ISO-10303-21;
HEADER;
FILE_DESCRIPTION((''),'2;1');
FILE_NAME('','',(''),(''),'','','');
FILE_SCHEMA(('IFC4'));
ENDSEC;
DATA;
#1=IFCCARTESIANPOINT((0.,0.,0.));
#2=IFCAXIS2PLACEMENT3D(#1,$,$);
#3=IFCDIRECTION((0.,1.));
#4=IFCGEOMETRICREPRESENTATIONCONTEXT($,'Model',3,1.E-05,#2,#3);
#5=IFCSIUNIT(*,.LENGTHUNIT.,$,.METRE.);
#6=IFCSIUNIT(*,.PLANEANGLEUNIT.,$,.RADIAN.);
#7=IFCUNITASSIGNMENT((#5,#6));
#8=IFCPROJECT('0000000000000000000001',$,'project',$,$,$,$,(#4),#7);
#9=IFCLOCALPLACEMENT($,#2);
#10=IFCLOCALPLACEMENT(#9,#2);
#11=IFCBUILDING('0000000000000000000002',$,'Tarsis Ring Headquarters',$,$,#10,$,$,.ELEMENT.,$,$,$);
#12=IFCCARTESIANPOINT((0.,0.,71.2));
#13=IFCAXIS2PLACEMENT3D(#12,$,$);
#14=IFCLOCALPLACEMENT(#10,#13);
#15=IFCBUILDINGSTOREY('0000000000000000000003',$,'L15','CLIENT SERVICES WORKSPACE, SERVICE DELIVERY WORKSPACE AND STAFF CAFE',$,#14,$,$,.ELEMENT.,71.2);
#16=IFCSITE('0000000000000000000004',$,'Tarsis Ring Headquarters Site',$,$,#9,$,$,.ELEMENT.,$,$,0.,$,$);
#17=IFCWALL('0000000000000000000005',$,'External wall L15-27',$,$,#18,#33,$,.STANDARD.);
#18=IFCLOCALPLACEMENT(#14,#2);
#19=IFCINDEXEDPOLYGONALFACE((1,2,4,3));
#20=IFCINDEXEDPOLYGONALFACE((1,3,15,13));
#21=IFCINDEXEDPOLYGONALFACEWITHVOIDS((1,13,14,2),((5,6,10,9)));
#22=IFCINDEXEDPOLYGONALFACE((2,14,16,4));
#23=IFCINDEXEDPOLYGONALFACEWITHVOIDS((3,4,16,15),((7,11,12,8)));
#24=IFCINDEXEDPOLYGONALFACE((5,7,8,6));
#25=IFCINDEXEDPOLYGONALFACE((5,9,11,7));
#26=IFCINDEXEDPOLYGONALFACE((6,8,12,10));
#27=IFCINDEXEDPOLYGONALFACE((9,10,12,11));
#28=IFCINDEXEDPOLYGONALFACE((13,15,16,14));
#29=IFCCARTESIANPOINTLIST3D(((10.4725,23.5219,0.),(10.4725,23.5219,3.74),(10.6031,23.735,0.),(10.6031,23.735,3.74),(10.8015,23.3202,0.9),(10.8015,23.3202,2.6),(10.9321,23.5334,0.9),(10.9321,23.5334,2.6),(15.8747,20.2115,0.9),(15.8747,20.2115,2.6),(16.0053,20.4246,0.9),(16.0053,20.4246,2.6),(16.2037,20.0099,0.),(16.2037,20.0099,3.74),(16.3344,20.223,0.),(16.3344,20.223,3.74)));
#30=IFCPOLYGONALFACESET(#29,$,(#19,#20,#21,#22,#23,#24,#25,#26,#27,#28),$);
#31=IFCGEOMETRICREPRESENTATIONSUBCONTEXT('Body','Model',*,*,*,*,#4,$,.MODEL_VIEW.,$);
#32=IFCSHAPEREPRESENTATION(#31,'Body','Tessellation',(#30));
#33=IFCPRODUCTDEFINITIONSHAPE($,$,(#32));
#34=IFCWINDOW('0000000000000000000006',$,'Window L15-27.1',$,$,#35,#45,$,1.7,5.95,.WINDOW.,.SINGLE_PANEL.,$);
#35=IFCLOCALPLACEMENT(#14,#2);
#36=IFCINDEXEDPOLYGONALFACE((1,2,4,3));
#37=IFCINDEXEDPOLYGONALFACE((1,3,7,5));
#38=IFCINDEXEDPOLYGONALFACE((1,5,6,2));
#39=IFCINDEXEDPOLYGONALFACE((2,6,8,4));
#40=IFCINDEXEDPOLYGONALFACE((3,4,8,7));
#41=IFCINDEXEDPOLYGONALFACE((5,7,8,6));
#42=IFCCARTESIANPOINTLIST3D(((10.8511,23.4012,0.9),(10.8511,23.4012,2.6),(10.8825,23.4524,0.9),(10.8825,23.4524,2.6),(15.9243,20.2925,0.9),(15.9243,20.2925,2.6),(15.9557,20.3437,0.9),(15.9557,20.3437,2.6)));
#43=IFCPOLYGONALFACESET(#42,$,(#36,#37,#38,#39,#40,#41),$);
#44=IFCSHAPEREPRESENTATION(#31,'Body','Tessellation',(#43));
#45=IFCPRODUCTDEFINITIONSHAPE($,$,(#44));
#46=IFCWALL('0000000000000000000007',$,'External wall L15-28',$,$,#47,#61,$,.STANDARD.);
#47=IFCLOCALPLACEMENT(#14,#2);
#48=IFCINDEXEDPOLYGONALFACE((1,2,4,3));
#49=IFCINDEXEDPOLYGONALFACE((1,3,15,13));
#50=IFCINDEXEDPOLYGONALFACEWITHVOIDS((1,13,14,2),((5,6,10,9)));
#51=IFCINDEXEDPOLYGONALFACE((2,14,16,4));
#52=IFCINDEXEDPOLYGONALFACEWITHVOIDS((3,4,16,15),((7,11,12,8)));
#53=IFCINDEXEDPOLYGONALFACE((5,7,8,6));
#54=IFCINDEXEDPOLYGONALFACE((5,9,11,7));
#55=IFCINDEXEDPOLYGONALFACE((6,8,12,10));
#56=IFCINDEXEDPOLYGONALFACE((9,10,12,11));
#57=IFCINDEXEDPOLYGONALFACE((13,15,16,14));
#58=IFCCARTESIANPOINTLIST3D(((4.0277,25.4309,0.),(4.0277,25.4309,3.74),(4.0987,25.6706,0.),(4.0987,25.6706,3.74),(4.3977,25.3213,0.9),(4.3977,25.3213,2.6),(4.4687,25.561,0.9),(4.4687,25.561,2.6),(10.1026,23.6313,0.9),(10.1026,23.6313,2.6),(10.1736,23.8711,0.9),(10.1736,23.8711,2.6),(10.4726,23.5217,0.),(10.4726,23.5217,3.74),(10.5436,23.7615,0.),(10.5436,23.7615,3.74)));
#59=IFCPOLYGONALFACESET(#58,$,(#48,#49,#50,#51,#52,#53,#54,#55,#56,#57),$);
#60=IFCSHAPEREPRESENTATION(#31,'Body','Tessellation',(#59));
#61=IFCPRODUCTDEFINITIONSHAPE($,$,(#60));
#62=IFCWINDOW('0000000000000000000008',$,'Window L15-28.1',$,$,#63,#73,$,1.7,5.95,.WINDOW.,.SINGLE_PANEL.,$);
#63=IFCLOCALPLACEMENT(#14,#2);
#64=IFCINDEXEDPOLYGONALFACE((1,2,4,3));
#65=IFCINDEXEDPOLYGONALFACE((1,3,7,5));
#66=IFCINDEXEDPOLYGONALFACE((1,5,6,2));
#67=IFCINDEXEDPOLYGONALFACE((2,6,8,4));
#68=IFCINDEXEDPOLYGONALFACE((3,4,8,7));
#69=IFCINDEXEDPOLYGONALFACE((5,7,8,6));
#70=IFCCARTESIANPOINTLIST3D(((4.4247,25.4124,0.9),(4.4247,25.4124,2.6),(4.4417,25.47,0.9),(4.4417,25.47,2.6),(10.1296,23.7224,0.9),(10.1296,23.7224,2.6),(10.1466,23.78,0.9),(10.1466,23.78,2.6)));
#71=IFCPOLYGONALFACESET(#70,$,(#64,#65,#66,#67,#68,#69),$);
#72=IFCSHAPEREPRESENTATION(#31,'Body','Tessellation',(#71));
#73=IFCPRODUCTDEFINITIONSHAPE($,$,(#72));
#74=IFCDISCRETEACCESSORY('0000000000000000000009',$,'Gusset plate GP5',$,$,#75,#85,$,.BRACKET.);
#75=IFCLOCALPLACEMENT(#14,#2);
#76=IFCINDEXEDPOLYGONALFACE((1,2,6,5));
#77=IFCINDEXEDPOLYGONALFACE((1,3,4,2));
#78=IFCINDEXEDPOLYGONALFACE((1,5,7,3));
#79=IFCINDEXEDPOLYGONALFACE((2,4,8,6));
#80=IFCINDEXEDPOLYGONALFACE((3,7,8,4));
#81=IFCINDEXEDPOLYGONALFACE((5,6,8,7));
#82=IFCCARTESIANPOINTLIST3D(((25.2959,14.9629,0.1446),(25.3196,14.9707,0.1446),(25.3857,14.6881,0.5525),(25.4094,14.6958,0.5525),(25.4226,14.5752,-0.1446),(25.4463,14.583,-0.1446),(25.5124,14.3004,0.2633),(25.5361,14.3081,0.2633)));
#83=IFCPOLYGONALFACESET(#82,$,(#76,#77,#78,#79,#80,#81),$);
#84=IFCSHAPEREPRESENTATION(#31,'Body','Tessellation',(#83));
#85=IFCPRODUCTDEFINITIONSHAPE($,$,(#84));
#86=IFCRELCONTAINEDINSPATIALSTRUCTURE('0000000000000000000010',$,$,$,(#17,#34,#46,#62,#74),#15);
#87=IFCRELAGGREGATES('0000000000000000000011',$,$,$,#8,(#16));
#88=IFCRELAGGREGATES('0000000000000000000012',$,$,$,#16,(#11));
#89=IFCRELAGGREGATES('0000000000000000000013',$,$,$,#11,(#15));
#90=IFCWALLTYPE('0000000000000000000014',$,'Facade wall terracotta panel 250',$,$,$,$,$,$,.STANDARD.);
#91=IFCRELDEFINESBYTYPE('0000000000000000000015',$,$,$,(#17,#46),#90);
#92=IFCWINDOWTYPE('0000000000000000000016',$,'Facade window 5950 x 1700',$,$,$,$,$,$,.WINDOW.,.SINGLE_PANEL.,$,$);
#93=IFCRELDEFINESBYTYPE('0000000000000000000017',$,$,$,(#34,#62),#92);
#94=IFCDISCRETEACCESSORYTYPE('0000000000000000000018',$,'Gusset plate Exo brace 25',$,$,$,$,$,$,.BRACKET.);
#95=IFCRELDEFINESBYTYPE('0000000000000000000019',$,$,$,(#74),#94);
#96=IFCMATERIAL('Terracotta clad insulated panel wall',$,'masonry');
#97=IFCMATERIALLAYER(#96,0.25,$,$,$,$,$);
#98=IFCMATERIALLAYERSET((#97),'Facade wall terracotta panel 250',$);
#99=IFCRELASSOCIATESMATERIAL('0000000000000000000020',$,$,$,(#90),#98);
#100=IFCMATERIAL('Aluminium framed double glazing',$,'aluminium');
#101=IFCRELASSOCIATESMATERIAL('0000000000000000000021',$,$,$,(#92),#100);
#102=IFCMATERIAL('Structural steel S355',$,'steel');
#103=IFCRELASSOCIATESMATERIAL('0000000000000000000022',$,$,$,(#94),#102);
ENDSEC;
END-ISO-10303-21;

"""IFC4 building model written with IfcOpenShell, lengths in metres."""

from ifc_helpers import new_model, si_unit, direction, frame, frame_2d, origin, origin_2d, place, context, subcontext, project, spatial, rectangle, extrude, material, layer, layer_set, material_profile, profile_set, type_object, element, fill, save


model = new_model("IFC4")

# Units and contexts
model_context = context("Model", 3, precision=1e-05, world=origin(), true_north=direction((0.0, 1.0)))
body_context = subcontext(model_context, "Body", "Model", "MODEL_VIEW")
ifc_project = project(units=[si_unit("LENGTHUNIT", "METRE"), si_unit("PLANEANGLEUNIT", "RADIAN")], contexts=[model_context])

# Site, building, storey
site_placement = place(None, origin())
site = spatial("IfcSite", under=ifc_project, at=site_placement, Name="Tarsis Ring Headquarters Site", CompositionType="ELEMENT", RefElevation=0.0)
building_placement = place(site_placement, origin())
building = spatial("IfcBuilding", under=site, at=building_placement, Name="Tarsis Ring Headquarters", CompositionType="ELEMENT")
storey_placement = place(building_placement, frame((0.0, 0.0, 71.2)))
storey = spatial("IfcBuildingStorey", under=building, at=storey_placement, Name="L15", Description="CLIENT SERVICES WORKSPACE, SERVICE DELIVERY WORKSPACE AND STAFF CAFE", CompositionType="ELEMENT", Elevation=71.2)

# Shared definitions
ifc_material_1 = material(Name="Structural steel S355", Category="steel")

# Walls, openings, windows
ifc_material_2 = material(Name="Terracotta clad insulated panel wall", Category="masonry")
ifc_layer_1 = layer(ifc_material_2, 0.25)
ifc_layer_set_1 = layer_set([ifc_layer_1], Name="Facade wall terracotta panel 250")
wall_type_1 = type_object("IfcWallType", Name="Facade wall terracotta panel 250", PredefinedType="STANDARD", material=ifc_layer_set_1)
ifc_material_3 = material(Name="Aluminium framed double glazing", Category="aluminium")
window_type = type_object("IfcWindowType", Name="Facade window 5950 x 1700", PartitioningType="SINGLE_PANEL", PredefinedType="WINDOW", material=ifc_material_3)
wall_1_placement = place(storey_placement, frame((16.269, 20.1165, 0.0), z_axis=(0.0, 0.0, 1.0), x_axis=(-0.852648, 0.522485, 0.0)))
wall_1 = element("IfcWall", 1, at=wall_1_placement, inside=storey, type_object=wall_type_1, Name="External wall L15-27", PredefinedType="STANDARD", context=body_context, shape_type="SweptSolid", body=[
    extrude(rectangle(XDim=6.7217, YDim=0.25, at=frame_2d((3.3608, 0.0))), origin(), (0.0, 0.0, 1.0), 3.74),
])
opening_1_placement = place(wall_1_placement, frame((0.3857, 0.0, 0.8999)))
opening_1 = element("IfcOpeningElement", 2, at=opening_1_placement, cuts=wall_1, PredefinedType="OPENING", context=body_context, shape_type="SweptSolid", body=[
    extrude(rectangle(XDim=5.95, YDim=1.7, at=frame_2d((2.9751, 0.8501))), frame((0.0, 0.135, 0.0), z_axis=(0.0, -1.0, 0.0), x_axis=(1.0, 0.0, 0.0)), (0.0, 0.0, 1.0), 0.27),
])
window_1_placement = place(opening_1_placement, origin())
window_1 = element("IfcWindow", 3, at=window_1_placement, inside=storey, type_object=window_type, Name="Window L15-27.1", OverallHeight=1.7, OverallWidth=5.95, PartitioningType="SINGLE_PANEL", PredefinedType="WINDOW", context=body_context, shape_type="SweptSolid", body=[
    extrude(rectangle(XDim=5.95, YDim=1.7, at=frame_2d((2.9751, 0.8501))), frame((0.0, 0.03, 0.0), z_axis=(0.0, -1.0, 0.0), x_axis=(1.0, 0.0, 0.0)), (0.0, 0.0, 1.0), 0.0601),
])
fill(opening_1, window_1)
wall_2_placement = place(storey_placement, frame((10.5081, 23.6416, 0.0), z_axis=(0.0, 0.0, 1.0), x_axis=(-0.958814, 0.284034, 0.0)))
wall_2 = element("IfcWall", 4, at=wall_2_placement, inside=storey, type_object=wall_type_1, Name="External wall L15-28", PredefinedType="STANDARD", context=body_context, shape_type="SweptSolid", body=[
    extrude(rectangle(XDim=6.7217, YDim=0.25, at=frame_2d((3.3608, 0.0))), origin(), (0.0, 0.0, 1.0), 3.74),
])
opening_2_placement = place(wall_2_placement, frame((0.3857, 0.0, 0.8999)))
opening_2 = element("IfcOpeningElement", 5, at=opening_2_placement, cuts=wall_2, PredefinedType="OPENING", context=body_context, shape_type="SweptSolid", body=[
    extrude(rectangle(XDim=5.95, YDim=1.7, at=frame_2d((2.9751, 0.8501))), frame((0.0, 0.135, 0.0), z_axis=(0.0, -1.0, 0.0), x_axis=(1.0, 0.0, 0.0)), (0.0, 0.0, 1.0), 0.27),
])
window_2_placement = place(opening_2_placement, origin())
window_2 = element("IfcWindow", 6, at=window_2_placement, inside=storey, type_object=window_type, Name="Window L15-28.1", OverallHeight=1.7, OverallWidth=5.95, PartitioningType="SINGLE_PANEL", PredefinedType="WINDOW", context=body_context, shape_type="SweptSolid", body=[
    extrude(rectangle(XDim=5.95, YDim=1.7, at=frame_2d((2.9751, 0.8501))), frame((0.0, 0.03, 0.0), z_axis=(0.0, -1.0, 0.0), x_axis=(1.0, 0.0, 0.0)), (0.0, 0.0, 1.0), 0.0601),
])
fill(opening_2, window_2)

# Discrete accessory
ifc_material_profile_1 = material_profile(ifc_material_1, rectangle(XDim=0.0249, YDim=0.5, at=origin_2d()), Name="PL 25x500")
ifc_profile_set_1 = profile_set([ifc_material_profile_1], Name="Structural steel S355")
discrete_accessory_type = type_object("IfcDiscreteAccessoryType", Name="Gusset plate Exo brace 25", PredefinedType="BRACKET", material=ifc_profile_set_1)
discrete_accessory_placement = place(storey_placement, frame((25.3711, 14.7729, 0.0), z_axis=(0.179661, -0.549724, 0.815798), x_axis=(0.950524, 0.310651, 0.0)))
element("IfcDiscreteAccessory", 7, at=discrete_accessory_placement, inside=storey, type_object=discrete_accessory_type, Name="Gusset plate GP5", PredefinedType="BRACKET", context=body_context, shape_type="SweptSolid", body=[
    extrude(rectangle(XDim=0.0249, YDim=0.5, at=origin_2d()), origin(), (0.0, 0.0, 1.0), 0.5),
])

save(model, "model.ifc")
